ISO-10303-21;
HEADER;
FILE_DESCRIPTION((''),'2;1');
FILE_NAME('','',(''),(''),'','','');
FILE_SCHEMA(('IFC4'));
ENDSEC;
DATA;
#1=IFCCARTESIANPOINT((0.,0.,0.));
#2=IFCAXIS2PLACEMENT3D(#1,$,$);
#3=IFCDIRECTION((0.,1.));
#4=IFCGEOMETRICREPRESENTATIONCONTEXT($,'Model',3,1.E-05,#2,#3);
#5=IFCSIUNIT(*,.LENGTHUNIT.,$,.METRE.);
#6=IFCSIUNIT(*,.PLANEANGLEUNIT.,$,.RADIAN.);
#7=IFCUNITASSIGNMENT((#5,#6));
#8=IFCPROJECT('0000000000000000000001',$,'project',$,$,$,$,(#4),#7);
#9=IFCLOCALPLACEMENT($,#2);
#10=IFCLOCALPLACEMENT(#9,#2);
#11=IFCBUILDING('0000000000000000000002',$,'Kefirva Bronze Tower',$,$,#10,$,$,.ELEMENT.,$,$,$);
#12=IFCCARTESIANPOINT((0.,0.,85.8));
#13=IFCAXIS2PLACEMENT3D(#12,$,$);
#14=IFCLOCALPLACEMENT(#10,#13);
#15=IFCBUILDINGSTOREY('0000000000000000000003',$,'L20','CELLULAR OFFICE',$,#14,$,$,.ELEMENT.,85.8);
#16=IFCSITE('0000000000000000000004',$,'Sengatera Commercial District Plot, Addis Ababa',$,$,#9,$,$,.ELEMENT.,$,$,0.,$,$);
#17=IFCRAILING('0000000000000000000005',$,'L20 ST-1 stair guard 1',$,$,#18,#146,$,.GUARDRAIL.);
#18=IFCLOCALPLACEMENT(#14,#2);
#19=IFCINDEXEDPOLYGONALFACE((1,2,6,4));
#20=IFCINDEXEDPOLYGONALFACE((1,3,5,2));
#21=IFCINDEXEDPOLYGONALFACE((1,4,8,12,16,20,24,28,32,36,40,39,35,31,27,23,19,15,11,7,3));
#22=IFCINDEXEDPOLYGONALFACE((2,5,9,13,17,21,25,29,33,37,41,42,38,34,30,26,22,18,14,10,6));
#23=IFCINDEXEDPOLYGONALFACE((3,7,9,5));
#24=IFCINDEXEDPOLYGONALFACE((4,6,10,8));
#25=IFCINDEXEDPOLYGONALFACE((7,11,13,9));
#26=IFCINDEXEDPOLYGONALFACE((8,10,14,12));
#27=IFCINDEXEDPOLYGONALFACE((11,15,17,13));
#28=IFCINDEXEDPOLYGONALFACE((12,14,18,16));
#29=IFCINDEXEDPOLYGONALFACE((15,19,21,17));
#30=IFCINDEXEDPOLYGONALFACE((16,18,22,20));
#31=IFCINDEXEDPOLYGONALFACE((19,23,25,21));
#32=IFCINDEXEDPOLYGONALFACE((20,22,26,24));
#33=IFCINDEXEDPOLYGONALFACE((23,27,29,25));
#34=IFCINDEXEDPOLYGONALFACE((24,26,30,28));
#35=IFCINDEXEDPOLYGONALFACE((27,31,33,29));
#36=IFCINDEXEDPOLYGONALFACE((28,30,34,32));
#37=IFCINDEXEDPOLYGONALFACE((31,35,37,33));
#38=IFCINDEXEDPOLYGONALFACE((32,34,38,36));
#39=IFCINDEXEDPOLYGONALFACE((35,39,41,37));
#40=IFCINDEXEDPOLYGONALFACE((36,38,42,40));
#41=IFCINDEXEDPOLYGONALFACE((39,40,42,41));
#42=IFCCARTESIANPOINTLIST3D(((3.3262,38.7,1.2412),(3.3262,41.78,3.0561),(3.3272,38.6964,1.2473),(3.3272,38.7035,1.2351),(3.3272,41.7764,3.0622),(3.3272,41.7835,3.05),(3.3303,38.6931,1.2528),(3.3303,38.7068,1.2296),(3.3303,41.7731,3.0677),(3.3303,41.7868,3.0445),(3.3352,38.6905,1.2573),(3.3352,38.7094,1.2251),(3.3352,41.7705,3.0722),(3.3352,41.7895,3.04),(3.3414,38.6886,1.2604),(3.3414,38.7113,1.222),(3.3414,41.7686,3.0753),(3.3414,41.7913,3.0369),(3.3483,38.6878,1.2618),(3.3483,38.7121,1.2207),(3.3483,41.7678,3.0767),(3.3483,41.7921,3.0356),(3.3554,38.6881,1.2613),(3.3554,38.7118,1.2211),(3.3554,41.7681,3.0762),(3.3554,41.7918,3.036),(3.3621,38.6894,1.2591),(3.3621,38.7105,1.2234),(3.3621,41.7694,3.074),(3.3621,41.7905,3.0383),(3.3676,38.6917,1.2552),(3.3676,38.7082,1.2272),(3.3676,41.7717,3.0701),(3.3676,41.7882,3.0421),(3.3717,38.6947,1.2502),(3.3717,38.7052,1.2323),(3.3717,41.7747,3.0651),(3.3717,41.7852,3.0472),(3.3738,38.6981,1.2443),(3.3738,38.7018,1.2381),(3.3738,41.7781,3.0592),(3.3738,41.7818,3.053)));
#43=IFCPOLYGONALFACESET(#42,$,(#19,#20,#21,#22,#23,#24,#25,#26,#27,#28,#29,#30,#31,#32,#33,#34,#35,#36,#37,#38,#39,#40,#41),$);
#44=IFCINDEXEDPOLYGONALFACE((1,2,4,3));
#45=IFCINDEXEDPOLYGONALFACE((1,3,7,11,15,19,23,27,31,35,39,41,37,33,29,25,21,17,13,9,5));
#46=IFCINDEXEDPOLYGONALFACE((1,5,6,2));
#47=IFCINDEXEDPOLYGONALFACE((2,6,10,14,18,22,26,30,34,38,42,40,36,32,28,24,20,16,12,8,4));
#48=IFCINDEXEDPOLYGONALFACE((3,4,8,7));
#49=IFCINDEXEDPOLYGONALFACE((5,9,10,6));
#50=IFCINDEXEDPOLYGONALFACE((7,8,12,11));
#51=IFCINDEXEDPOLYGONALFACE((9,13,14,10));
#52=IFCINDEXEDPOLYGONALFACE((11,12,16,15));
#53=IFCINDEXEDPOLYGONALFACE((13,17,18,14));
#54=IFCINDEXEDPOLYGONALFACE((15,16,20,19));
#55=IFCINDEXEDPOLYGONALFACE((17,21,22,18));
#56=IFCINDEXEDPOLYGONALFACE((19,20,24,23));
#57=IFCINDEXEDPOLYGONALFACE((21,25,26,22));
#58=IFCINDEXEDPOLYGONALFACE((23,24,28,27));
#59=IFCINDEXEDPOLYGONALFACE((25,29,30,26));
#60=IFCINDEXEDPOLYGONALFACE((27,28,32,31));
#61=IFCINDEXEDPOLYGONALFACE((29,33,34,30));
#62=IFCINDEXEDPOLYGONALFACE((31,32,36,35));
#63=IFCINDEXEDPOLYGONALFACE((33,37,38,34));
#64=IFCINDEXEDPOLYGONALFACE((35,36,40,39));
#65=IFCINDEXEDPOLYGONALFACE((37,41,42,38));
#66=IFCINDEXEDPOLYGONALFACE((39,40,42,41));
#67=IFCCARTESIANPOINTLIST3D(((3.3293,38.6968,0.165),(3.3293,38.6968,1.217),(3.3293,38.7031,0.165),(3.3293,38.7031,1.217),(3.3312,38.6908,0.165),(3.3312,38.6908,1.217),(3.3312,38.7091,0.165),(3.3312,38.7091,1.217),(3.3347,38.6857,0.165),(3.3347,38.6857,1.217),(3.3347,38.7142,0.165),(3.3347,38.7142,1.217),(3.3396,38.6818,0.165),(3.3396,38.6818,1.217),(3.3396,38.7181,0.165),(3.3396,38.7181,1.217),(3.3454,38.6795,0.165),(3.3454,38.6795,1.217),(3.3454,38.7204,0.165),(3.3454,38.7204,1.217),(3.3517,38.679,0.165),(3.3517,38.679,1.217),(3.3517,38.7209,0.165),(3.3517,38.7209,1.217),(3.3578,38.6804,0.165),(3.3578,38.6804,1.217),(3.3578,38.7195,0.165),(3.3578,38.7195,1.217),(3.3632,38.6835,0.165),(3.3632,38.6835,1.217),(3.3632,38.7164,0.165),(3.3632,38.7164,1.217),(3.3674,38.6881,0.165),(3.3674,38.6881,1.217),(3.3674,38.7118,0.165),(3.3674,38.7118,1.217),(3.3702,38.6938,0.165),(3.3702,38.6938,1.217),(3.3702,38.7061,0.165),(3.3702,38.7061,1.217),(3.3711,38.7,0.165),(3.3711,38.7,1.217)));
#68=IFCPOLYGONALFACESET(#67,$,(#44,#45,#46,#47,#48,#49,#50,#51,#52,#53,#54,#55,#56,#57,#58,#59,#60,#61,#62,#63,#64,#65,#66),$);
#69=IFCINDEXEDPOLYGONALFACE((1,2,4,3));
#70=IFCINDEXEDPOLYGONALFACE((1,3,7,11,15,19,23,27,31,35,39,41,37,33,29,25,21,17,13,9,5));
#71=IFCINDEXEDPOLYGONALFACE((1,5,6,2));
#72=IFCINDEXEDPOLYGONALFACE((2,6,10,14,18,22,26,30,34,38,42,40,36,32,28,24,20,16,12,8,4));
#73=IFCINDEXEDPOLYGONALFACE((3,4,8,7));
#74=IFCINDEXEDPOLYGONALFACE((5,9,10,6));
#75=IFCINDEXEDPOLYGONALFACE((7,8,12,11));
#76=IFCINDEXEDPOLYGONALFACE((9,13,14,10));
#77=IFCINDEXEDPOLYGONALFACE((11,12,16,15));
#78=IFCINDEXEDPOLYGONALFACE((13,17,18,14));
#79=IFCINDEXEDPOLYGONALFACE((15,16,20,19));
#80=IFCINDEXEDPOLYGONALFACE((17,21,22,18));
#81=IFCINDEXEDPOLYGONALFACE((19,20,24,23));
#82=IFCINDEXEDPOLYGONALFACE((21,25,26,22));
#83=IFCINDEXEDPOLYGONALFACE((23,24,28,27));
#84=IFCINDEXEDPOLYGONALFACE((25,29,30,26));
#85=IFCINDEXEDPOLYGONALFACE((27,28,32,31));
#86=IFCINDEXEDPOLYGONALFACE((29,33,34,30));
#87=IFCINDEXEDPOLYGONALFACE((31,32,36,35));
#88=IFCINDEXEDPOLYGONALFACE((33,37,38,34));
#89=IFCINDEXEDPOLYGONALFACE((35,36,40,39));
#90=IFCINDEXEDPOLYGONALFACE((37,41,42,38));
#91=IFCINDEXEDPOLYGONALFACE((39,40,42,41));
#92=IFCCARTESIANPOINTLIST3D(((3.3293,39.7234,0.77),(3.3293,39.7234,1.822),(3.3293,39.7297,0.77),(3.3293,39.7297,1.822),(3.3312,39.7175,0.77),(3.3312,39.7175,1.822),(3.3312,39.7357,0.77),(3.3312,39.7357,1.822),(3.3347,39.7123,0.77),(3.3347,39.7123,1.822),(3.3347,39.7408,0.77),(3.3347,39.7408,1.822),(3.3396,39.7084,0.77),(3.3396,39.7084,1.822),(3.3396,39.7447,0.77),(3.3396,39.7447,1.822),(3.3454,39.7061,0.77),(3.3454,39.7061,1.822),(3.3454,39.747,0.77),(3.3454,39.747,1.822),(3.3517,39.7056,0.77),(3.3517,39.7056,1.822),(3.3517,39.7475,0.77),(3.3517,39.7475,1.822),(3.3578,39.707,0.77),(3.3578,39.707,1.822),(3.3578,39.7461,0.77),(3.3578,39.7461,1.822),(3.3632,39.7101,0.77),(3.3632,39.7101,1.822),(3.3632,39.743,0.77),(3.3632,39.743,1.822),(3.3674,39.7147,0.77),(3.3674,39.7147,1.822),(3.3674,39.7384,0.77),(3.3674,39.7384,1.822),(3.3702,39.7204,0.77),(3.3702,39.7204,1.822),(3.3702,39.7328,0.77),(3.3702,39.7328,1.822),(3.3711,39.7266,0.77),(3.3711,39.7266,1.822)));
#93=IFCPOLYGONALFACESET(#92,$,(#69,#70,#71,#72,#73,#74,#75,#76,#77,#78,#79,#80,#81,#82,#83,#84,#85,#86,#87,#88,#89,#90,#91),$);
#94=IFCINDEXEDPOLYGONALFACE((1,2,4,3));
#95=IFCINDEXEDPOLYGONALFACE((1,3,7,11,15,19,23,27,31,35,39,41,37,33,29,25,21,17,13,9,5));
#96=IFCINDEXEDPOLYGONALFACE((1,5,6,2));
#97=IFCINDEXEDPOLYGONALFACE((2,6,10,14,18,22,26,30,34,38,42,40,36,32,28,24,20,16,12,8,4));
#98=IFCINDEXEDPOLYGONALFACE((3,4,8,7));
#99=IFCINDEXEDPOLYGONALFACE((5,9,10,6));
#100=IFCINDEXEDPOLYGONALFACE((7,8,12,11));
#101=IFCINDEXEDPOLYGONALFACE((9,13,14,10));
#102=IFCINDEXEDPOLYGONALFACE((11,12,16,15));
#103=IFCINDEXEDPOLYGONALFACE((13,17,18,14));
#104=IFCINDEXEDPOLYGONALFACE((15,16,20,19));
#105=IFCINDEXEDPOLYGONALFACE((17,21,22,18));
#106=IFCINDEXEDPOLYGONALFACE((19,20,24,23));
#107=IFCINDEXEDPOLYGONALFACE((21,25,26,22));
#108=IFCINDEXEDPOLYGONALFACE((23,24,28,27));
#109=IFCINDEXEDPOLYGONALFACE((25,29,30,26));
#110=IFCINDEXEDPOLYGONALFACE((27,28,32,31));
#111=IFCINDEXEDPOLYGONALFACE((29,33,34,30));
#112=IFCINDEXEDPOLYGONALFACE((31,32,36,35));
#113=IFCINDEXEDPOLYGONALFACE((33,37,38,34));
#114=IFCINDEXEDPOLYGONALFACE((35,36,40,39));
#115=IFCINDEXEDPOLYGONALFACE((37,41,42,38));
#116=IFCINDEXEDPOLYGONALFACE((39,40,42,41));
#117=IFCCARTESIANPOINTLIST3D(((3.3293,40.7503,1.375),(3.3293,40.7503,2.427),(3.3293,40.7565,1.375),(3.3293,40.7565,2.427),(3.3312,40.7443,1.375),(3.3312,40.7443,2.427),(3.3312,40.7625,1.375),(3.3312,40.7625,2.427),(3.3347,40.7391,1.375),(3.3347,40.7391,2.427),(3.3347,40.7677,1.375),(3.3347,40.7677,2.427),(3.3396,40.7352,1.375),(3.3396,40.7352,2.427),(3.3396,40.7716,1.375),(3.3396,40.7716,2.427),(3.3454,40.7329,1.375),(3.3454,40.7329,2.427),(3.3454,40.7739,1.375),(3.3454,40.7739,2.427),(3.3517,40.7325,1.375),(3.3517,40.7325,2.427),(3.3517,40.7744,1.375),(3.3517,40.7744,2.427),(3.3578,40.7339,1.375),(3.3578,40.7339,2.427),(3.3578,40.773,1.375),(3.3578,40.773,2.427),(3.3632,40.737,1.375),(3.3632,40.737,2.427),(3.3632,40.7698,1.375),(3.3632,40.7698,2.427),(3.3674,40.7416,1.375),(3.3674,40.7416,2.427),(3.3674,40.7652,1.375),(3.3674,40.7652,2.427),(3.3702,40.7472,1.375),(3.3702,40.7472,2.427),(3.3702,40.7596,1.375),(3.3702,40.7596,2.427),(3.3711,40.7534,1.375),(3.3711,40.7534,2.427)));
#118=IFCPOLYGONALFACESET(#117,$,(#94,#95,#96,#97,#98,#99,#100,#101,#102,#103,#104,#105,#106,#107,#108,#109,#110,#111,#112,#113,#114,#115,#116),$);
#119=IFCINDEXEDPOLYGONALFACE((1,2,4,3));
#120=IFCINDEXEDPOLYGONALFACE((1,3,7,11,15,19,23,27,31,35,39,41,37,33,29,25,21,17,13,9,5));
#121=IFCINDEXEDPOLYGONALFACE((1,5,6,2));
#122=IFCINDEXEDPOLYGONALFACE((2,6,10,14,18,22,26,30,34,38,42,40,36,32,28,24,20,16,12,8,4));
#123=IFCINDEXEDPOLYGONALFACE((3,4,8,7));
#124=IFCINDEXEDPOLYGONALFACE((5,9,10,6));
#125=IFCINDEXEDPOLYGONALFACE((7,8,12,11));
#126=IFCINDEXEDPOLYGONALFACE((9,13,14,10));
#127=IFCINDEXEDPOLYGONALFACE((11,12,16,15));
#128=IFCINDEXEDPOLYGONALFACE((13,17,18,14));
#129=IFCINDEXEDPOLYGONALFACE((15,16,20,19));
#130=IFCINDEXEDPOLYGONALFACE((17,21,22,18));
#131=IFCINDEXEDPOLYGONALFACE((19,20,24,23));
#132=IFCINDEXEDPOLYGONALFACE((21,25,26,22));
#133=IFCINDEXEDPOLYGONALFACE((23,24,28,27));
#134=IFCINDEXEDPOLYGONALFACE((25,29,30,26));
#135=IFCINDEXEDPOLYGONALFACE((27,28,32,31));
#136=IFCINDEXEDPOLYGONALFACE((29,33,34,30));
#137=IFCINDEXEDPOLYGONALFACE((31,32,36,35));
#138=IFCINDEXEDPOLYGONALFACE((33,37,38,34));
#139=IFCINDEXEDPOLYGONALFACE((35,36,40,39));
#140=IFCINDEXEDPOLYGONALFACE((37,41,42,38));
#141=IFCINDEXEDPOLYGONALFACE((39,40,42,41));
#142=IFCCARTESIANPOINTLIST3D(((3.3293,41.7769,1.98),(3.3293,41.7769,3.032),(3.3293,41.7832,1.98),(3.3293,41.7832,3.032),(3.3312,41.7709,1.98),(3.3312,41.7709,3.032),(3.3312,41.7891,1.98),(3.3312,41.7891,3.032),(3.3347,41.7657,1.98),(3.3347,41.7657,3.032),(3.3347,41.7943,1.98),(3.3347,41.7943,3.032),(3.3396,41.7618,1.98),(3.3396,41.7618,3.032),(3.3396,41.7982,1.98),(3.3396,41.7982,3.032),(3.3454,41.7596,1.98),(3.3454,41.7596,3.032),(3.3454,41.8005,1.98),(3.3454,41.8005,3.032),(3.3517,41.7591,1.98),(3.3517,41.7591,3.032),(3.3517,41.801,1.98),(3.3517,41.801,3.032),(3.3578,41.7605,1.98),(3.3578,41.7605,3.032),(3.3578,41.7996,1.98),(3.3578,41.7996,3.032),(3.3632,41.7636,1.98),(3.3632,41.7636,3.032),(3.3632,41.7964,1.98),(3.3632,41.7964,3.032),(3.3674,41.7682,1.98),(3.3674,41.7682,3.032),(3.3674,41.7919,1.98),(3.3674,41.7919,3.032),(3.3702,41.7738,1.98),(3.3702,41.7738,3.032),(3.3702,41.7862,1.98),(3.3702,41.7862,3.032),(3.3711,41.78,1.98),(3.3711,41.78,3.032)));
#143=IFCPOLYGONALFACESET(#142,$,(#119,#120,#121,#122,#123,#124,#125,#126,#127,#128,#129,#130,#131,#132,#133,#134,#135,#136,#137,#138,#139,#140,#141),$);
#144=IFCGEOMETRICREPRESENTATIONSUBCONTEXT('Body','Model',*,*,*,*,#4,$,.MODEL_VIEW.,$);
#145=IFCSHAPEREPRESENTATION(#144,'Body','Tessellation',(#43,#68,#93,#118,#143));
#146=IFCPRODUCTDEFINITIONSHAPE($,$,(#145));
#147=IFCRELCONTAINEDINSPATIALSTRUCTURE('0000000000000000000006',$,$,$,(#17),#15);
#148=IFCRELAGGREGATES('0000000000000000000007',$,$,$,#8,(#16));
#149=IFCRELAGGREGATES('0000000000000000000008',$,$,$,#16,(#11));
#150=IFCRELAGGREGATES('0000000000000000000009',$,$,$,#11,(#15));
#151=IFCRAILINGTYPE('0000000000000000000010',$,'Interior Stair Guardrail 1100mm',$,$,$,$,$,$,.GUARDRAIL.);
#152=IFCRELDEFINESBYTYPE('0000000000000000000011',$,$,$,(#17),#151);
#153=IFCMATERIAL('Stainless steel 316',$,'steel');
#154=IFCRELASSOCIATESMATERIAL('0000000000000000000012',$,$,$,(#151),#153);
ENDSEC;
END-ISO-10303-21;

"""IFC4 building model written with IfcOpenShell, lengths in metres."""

from ifc_helpers import new_model, si_unit, direction, frame, origin, origin_2d, place, context, subcontext, project, spatial, circle, extrude, material, type_object, element, save


model = new_model("IFC4")

# Units and contexts
model_context = context("Model", 3, precision=1e-05, world=origin(), true_north=direction((0.0, 1.0)))
body_context = subcontext(model_context, "Body", "Model", "MODEL_VIEW")
ifc_project = project(units=[si_unit("LENGTHUNIT", "METRE"), si_unit("PLANEANGLEUNIT", "RADIAN")], contexts=[model_context])

# Site, building, storey
site_placement = place(None, origin())
site = spatial("IfcSite", under=ifc_project, at=site_placement, Name="Sengatera Commercial District Plot, Addis Ababa", CompositionType="ELEMENT", RefElevation=0.0)
building_placement = place(site_placement, origin())
building = spatial("IfcBuilding", under=site, at=building_placement, Name="Kefirva Bronze Tower", CompositionType="ELEMENT")
storey_placement = place(building_placement, frame((0.0, 0.0, 85.8)))
storey = spatial("IfcBuildingStorey", under=building, at=storey_placement, Name="L20", Description="CELLULAR OFFICE", CompositionType="ELEMENT", Elevation=85.8)

# Railing
ifc_material_1 = material(Name="Stainless steel 316", Category="steel")
railing_type_1 = type_object("IfcRailingType", Name="Interior Stair Guardrail 1100mm", PredefinedType="GUARDRAIL", material=ifc_material_1)
railing_1_placement = place(storey_placement, frame((3.3501, 38.7, 0.165)))
element("IfcRailing", 1, at=railing_1_placement, inside=storey, type_object=railing_type_1, Name="L20 ST-1 stair guard 1", PredefinedType="GUARDRAIL", context=body_context, shape_type="SweptSolid", body=[
    extrude(circle(Radius=0.0239, at=origin_2d()), frame((0.0, 0.0, 1.0762), z_axis=(0.0, 0.861551, 0.507671), x_axis=(-1.0, 0.0, 0.0)), (0.0, 0.0, 1.0), 3.575),
    extrude(circle(Radius=0.021, at=origin_2d()), origin(), (0.0, 0.0, 1.0), 1.052),
    extrude(circle(Radius=0.021, at=origin_2d()), frame((0.0, 1.0266, 0.605)), (0.0, 0.0, 1.0), 1.052),
    extrude(circle(Radius=0.021, at=origin_2d()), frame((0.0, 2.0535, 1.21)), (0.0, 0.0, 1.0), 1.052),
    extrude(circle(Radius=0.021, at=origin_2d()), frame((0.0, 3.0801, 1.8149)), (0.0, 0.0, 1.0), 1.052),
])

save(model, "model.ifc")
